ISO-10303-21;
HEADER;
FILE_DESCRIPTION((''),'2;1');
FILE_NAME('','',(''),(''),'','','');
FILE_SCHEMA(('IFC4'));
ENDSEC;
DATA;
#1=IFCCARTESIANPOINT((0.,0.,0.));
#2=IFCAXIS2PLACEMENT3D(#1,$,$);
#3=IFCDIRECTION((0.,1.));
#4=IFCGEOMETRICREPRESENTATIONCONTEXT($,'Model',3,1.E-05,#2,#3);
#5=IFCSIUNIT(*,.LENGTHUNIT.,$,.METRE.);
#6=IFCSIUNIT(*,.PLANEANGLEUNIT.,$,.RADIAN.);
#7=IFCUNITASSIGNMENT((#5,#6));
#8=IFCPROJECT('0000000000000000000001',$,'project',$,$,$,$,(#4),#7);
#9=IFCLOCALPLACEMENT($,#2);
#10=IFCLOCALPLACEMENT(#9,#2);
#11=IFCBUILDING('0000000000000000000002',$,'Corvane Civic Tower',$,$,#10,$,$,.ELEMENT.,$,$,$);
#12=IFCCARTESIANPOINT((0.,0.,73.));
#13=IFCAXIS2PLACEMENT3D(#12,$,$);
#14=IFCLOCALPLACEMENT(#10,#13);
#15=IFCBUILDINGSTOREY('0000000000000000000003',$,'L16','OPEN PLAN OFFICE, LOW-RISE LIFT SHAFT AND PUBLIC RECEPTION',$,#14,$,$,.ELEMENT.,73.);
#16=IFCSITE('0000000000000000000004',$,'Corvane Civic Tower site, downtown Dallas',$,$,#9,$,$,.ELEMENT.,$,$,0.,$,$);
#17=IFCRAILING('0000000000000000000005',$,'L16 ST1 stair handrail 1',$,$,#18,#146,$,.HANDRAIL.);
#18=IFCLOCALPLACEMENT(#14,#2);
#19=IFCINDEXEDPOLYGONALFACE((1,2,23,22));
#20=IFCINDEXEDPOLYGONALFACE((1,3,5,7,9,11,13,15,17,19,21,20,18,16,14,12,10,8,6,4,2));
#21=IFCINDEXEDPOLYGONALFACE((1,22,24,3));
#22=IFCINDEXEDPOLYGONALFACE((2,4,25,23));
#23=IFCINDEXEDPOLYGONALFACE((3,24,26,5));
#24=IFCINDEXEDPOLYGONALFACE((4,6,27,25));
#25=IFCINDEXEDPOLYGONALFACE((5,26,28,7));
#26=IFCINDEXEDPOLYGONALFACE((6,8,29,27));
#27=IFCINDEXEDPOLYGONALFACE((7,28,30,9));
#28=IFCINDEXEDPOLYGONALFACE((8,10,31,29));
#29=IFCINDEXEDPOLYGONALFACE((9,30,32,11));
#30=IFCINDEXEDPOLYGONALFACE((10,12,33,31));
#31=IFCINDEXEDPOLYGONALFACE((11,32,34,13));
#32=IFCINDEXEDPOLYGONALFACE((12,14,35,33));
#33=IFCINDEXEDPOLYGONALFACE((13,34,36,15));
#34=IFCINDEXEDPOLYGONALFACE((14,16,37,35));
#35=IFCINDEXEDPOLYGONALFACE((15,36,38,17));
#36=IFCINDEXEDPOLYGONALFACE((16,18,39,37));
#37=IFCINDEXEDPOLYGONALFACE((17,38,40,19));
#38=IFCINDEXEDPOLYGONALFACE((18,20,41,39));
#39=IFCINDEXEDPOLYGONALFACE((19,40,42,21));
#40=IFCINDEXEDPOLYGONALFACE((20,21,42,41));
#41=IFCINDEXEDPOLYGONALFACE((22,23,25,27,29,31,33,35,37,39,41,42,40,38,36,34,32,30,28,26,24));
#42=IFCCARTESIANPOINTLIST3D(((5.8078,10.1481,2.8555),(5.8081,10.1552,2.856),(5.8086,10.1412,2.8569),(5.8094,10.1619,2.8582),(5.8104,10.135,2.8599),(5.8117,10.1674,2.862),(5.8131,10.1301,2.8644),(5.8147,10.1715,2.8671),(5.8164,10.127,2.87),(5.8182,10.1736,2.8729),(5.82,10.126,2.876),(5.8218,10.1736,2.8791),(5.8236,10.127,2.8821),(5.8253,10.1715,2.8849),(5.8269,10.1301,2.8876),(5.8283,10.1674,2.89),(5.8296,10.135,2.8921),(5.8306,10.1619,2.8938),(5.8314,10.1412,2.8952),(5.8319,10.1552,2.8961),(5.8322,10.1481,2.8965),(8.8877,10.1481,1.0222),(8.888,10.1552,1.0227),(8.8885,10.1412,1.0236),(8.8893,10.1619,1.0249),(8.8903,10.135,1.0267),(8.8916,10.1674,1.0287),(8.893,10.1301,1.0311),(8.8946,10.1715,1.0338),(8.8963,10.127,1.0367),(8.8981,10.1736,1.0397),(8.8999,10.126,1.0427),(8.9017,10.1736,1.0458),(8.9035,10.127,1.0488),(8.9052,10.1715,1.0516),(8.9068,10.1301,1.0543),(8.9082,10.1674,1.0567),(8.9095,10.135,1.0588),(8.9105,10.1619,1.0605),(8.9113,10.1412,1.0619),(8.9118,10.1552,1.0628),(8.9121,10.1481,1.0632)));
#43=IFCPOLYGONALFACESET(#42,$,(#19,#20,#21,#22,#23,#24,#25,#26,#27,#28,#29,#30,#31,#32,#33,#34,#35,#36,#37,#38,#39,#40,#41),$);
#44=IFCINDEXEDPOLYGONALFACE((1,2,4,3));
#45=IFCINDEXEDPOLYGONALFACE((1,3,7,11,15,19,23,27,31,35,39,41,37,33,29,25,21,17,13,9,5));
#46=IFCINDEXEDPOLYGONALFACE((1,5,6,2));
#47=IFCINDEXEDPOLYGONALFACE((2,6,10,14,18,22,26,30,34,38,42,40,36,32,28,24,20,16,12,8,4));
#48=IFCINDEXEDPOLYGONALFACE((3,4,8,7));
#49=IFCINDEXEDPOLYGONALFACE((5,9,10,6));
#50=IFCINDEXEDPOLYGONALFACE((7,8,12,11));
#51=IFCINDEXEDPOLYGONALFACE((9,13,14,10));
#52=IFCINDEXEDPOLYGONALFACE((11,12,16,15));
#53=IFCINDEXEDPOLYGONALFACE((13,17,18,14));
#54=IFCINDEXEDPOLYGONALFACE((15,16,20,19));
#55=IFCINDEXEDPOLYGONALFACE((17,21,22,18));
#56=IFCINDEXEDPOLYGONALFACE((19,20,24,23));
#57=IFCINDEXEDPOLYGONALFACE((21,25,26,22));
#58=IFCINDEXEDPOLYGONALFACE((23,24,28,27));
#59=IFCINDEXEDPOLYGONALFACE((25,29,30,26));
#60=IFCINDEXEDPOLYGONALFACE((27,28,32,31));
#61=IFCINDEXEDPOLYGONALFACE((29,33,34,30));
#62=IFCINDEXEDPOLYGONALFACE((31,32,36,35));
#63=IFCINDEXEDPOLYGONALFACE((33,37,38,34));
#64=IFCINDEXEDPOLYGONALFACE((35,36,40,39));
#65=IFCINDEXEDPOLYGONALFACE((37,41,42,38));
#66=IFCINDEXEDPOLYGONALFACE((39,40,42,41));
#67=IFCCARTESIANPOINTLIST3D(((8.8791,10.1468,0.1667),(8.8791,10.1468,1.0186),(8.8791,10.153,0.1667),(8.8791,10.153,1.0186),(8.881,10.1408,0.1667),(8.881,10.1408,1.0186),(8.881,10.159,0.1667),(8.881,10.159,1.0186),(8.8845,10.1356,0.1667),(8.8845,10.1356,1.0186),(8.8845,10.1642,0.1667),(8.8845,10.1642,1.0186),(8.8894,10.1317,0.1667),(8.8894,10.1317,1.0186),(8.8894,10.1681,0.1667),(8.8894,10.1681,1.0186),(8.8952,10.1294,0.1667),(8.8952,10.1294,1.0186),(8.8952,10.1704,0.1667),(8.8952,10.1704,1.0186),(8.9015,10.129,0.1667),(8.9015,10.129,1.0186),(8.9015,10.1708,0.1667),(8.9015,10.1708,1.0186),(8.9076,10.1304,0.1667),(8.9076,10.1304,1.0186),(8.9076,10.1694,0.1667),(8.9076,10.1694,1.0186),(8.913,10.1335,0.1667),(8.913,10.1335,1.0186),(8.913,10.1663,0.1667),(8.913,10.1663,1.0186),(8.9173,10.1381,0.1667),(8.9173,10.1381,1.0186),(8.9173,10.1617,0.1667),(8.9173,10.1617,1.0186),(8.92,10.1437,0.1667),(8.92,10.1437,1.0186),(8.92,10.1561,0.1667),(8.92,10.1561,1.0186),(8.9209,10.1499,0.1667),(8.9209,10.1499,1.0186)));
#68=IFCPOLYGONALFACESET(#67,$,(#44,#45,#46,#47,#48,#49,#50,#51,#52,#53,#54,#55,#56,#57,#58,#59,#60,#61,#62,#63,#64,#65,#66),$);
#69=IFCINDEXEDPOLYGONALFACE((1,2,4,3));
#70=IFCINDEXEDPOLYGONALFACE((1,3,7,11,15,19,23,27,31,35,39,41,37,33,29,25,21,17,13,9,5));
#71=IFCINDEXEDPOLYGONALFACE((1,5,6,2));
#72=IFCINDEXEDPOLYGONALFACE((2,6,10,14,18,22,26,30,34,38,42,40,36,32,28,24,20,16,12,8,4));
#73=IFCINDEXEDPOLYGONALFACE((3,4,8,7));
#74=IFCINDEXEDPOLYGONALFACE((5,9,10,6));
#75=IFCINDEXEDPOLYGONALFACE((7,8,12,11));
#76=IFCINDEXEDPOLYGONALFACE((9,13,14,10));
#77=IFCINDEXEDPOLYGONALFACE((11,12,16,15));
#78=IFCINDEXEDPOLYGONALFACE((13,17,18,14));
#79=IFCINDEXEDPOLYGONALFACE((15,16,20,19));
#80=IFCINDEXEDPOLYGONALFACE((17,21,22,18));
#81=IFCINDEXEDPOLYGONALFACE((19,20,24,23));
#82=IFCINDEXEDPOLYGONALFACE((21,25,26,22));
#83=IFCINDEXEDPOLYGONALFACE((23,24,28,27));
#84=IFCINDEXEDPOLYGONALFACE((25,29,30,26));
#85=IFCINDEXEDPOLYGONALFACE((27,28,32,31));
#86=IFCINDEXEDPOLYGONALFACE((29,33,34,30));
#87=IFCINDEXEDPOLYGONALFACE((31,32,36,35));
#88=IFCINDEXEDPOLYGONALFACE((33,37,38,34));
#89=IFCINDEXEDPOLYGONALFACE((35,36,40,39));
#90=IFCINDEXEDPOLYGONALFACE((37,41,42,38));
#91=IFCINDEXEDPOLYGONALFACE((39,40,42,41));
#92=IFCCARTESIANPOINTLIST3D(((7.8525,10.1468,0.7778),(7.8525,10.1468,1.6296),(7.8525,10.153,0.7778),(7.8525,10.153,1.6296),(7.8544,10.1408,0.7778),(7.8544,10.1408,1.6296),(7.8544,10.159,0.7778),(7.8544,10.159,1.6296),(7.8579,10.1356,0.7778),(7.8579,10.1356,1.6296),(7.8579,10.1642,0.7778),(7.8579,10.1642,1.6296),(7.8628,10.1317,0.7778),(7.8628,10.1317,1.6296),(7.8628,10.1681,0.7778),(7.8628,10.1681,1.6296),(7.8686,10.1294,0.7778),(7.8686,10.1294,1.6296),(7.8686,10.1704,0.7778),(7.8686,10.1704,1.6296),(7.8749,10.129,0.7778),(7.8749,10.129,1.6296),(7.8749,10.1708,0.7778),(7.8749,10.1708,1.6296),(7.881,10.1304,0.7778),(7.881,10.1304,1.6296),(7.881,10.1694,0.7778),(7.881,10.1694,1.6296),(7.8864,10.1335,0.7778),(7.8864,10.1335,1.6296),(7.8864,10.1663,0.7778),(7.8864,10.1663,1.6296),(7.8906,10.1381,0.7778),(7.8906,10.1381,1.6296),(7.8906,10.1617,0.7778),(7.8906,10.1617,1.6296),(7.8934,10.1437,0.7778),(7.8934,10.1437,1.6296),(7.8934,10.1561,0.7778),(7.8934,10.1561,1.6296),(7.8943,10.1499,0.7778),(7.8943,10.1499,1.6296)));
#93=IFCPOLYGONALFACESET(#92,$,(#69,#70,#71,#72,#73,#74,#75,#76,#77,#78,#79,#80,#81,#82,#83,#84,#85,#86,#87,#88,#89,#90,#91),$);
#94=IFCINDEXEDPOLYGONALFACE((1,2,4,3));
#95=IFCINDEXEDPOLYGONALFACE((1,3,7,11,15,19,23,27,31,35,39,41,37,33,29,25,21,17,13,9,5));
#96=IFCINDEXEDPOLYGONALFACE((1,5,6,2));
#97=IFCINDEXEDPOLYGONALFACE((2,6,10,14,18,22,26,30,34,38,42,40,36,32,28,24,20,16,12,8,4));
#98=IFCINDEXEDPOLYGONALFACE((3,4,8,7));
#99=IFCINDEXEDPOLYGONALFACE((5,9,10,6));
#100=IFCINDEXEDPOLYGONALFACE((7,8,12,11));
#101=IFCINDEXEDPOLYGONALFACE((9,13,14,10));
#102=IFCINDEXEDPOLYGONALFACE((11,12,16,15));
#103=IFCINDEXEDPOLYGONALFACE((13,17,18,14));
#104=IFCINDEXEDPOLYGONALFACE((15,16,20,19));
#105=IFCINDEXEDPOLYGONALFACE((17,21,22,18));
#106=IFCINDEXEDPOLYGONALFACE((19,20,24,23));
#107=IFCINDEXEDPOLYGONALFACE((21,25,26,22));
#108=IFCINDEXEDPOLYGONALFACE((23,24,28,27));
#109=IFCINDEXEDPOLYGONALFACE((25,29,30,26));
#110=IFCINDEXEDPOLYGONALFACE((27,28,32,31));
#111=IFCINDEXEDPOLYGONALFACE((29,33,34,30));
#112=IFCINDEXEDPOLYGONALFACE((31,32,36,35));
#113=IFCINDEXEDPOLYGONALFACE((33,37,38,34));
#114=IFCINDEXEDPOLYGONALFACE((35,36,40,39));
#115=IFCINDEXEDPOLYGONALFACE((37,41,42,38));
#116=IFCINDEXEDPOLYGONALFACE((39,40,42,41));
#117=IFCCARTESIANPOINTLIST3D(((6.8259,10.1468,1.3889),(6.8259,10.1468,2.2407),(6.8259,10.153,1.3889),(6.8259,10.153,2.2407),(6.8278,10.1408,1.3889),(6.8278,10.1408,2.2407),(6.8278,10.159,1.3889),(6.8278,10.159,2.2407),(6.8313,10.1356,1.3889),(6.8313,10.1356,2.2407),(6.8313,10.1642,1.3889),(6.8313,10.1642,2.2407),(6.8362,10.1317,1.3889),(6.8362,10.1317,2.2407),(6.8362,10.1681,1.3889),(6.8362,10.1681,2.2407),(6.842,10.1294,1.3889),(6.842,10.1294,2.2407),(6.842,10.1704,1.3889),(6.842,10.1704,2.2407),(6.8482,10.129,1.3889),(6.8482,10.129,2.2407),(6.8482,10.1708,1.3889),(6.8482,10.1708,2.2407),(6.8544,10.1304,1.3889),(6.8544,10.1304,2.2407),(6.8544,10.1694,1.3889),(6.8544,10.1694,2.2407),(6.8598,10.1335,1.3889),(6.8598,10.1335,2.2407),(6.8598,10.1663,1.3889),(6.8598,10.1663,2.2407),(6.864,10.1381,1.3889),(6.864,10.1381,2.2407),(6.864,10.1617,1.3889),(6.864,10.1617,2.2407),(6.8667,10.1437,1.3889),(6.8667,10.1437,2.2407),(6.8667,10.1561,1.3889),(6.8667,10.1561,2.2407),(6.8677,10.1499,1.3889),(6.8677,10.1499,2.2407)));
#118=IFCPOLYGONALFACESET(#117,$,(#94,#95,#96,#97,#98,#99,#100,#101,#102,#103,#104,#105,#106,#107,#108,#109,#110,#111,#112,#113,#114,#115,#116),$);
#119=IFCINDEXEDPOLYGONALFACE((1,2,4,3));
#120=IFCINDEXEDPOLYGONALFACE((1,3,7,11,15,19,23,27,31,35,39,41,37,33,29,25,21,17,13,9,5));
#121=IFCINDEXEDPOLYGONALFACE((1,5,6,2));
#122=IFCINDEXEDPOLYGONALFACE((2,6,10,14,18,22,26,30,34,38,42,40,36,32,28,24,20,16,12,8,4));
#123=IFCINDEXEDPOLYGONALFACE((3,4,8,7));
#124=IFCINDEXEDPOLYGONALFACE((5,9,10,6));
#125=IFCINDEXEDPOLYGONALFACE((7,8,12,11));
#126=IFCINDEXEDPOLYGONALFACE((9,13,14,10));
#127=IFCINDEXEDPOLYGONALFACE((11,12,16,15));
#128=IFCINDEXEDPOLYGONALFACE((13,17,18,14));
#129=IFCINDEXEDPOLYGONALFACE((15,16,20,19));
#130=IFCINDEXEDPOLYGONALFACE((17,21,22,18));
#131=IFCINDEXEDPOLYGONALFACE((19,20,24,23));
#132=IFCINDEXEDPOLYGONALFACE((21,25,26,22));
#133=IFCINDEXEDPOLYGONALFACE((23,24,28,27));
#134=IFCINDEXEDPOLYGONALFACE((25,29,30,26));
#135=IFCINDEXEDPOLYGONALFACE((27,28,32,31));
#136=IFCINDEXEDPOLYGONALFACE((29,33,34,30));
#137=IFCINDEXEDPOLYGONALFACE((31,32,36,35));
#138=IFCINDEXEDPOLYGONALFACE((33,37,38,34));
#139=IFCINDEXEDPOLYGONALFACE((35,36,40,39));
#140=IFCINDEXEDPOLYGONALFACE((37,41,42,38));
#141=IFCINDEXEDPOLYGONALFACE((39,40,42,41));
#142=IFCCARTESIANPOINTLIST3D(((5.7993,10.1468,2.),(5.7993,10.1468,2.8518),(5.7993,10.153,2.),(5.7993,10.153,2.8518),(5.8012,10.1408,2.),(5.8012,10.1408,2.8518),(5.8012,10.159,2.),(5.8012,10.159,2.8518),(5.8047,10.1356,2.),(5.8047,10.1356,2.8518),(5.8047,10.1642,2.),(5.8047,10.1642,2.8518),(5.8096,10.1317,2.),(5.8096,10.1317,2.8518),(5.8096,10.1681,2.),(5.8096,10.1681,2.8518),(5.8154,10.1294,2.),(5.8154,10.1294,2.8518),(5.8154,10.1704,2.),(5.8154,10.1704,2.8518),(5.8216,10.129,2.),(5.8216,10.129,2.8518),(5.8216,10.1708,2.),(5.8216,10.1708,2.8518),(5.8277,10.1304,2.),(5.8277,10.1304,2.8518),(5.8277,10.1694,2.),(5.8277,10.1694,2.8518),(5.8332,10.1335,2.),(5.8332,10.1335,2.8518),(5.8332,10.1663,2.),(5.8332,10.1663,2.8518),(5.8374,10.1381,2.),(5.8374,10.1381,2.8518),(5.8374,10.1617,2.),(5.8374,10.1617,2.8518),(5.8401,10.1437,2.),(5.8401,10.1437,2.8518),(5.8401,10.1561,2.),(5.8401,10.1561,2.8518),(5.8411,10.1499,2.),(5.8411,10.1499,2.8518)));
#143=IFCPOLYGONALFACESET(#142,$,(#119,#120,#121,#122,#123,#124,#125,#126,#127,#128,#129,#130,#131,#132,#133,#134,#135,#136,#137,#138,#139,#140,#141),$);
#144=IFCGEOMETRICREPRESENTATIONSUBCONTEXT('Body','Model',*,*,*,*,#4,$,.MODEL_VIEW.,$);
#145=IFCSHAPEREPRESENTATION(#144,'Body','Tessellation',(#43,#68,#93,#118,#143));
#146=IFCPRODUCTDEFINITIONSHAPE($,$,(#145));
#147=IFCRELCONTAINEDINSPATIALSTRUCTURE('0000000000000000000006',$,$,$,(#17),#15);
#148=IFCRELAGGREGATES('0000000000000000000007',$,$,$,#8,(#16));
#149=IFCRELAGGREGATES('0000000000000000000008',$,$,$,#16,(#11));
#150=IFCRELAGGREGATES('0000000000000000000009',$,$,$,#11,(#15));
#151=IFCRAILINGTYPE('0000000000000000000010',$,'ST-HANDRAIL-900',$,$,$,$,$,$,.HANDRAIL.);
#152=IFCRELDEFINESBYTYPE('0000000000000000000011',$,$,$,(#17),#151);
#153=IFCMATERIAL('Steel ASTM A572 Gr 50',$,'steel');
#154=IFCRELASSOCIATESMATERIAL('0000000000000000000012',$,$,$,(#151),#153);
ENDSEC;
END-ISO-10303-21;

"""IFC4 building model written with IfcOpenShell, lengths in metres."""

from ifc_helpers import new_model, si_unit, direction, frame, origin, origin_2d, place, context, subcontext, project, spatial, circle, extrude, material, type_object, element, save


model = new_model("IFC4")

# Units and contexts
model_context = context("Model", 3, precision=1e-05, world=origin(), true_north=direction((0.0, 1.0)))
body_context = subcontext(model_context, "Body", "Model", "MODEL_VIEW")
ifc_project = project(units=[si_unit("LENGTHUNIT", "METRE"), si_unit("PLANEANGLEUNIT", "RADIAN")], contexts=[model_context])

# Site, building, storey
site_placement = place(None, origin())
site = spatial("IfcSite", under=ifc_project, at=site_placement, Name="Corvane Civic Tower site, downtown Dallas", CompositionType="ELEMENT", RefElevation=0.0)
building_placement = place(site_placement, origin())
building = spatial("IfcBuilding", under=site, at=building_placement, Name="Corvane Civic Tower", CompositionType="ELEMENT")
storey_placement = place(building_placement, frame((0.0, 0.0, 73.0)))
storey = spatial("IfcBuildingStorey", under=building, at=storey_placement, Name="L16", Description="OPEN PLAN OFFICE, LOW-RISE LIFT SHAFT AND PUBLIC RECEPTION", CompositionType="ELEMENT", Elevation=73.0)

# Railing
ifc_material_1 = material(Name="Steel ASTM A572 Gr 50", Category="steel")
railing_type_1 = type_object("IfcRailingType", Name="ST-HANDRAIL-900", PredefinedType="HANDRAIL", material=ifc_material_1)
railing_1_placement = place(storey_placement, frame((8.8999, 10.1499, 0.1667)))
element("IfcRailing", 1, at=railing_1_placement, inside=storey, type_object=railing_type_1, Name="L16 ST1 stair handrail 1", PredefinedType="HANDRAIL", context=body_context, shape_type="SweptSolid", body=[
    extrude(circle(Radius=0.0239, at=origin_2d()), frame((0.0, 0.0, 0.876), z_axis=(-0.859291, 0.0, 0.511487), x_axis=(0.0, -1.0, 0.0)), (0.0, 0.0, 1.0), 3.5842),
    extrude(circle(Radius=0.021, at=origin_2d()), origin(), (0.0, 0.0, 1.0), 0.8518),
    extrude(circle(Radius=0.021, at=origin_2d()), frame((-1.0266, 0.0, 0.6111)), (0.0, 0.0, 1.0), 0.8518),
    extrude(circle(Radius=0.021, at=origin_2d()), frame((-2.0532, 0.0, 1.2222)), (0.0, 0.0, 1.0), 0.8518),
    extrude(circle(Radius=0.021, at=origin_2d()), frame((-3.0798, 0.0, 1.8333)), (0.0, 0.0, 1.0), 0.8518),
])

save(model, "model.ifc")
